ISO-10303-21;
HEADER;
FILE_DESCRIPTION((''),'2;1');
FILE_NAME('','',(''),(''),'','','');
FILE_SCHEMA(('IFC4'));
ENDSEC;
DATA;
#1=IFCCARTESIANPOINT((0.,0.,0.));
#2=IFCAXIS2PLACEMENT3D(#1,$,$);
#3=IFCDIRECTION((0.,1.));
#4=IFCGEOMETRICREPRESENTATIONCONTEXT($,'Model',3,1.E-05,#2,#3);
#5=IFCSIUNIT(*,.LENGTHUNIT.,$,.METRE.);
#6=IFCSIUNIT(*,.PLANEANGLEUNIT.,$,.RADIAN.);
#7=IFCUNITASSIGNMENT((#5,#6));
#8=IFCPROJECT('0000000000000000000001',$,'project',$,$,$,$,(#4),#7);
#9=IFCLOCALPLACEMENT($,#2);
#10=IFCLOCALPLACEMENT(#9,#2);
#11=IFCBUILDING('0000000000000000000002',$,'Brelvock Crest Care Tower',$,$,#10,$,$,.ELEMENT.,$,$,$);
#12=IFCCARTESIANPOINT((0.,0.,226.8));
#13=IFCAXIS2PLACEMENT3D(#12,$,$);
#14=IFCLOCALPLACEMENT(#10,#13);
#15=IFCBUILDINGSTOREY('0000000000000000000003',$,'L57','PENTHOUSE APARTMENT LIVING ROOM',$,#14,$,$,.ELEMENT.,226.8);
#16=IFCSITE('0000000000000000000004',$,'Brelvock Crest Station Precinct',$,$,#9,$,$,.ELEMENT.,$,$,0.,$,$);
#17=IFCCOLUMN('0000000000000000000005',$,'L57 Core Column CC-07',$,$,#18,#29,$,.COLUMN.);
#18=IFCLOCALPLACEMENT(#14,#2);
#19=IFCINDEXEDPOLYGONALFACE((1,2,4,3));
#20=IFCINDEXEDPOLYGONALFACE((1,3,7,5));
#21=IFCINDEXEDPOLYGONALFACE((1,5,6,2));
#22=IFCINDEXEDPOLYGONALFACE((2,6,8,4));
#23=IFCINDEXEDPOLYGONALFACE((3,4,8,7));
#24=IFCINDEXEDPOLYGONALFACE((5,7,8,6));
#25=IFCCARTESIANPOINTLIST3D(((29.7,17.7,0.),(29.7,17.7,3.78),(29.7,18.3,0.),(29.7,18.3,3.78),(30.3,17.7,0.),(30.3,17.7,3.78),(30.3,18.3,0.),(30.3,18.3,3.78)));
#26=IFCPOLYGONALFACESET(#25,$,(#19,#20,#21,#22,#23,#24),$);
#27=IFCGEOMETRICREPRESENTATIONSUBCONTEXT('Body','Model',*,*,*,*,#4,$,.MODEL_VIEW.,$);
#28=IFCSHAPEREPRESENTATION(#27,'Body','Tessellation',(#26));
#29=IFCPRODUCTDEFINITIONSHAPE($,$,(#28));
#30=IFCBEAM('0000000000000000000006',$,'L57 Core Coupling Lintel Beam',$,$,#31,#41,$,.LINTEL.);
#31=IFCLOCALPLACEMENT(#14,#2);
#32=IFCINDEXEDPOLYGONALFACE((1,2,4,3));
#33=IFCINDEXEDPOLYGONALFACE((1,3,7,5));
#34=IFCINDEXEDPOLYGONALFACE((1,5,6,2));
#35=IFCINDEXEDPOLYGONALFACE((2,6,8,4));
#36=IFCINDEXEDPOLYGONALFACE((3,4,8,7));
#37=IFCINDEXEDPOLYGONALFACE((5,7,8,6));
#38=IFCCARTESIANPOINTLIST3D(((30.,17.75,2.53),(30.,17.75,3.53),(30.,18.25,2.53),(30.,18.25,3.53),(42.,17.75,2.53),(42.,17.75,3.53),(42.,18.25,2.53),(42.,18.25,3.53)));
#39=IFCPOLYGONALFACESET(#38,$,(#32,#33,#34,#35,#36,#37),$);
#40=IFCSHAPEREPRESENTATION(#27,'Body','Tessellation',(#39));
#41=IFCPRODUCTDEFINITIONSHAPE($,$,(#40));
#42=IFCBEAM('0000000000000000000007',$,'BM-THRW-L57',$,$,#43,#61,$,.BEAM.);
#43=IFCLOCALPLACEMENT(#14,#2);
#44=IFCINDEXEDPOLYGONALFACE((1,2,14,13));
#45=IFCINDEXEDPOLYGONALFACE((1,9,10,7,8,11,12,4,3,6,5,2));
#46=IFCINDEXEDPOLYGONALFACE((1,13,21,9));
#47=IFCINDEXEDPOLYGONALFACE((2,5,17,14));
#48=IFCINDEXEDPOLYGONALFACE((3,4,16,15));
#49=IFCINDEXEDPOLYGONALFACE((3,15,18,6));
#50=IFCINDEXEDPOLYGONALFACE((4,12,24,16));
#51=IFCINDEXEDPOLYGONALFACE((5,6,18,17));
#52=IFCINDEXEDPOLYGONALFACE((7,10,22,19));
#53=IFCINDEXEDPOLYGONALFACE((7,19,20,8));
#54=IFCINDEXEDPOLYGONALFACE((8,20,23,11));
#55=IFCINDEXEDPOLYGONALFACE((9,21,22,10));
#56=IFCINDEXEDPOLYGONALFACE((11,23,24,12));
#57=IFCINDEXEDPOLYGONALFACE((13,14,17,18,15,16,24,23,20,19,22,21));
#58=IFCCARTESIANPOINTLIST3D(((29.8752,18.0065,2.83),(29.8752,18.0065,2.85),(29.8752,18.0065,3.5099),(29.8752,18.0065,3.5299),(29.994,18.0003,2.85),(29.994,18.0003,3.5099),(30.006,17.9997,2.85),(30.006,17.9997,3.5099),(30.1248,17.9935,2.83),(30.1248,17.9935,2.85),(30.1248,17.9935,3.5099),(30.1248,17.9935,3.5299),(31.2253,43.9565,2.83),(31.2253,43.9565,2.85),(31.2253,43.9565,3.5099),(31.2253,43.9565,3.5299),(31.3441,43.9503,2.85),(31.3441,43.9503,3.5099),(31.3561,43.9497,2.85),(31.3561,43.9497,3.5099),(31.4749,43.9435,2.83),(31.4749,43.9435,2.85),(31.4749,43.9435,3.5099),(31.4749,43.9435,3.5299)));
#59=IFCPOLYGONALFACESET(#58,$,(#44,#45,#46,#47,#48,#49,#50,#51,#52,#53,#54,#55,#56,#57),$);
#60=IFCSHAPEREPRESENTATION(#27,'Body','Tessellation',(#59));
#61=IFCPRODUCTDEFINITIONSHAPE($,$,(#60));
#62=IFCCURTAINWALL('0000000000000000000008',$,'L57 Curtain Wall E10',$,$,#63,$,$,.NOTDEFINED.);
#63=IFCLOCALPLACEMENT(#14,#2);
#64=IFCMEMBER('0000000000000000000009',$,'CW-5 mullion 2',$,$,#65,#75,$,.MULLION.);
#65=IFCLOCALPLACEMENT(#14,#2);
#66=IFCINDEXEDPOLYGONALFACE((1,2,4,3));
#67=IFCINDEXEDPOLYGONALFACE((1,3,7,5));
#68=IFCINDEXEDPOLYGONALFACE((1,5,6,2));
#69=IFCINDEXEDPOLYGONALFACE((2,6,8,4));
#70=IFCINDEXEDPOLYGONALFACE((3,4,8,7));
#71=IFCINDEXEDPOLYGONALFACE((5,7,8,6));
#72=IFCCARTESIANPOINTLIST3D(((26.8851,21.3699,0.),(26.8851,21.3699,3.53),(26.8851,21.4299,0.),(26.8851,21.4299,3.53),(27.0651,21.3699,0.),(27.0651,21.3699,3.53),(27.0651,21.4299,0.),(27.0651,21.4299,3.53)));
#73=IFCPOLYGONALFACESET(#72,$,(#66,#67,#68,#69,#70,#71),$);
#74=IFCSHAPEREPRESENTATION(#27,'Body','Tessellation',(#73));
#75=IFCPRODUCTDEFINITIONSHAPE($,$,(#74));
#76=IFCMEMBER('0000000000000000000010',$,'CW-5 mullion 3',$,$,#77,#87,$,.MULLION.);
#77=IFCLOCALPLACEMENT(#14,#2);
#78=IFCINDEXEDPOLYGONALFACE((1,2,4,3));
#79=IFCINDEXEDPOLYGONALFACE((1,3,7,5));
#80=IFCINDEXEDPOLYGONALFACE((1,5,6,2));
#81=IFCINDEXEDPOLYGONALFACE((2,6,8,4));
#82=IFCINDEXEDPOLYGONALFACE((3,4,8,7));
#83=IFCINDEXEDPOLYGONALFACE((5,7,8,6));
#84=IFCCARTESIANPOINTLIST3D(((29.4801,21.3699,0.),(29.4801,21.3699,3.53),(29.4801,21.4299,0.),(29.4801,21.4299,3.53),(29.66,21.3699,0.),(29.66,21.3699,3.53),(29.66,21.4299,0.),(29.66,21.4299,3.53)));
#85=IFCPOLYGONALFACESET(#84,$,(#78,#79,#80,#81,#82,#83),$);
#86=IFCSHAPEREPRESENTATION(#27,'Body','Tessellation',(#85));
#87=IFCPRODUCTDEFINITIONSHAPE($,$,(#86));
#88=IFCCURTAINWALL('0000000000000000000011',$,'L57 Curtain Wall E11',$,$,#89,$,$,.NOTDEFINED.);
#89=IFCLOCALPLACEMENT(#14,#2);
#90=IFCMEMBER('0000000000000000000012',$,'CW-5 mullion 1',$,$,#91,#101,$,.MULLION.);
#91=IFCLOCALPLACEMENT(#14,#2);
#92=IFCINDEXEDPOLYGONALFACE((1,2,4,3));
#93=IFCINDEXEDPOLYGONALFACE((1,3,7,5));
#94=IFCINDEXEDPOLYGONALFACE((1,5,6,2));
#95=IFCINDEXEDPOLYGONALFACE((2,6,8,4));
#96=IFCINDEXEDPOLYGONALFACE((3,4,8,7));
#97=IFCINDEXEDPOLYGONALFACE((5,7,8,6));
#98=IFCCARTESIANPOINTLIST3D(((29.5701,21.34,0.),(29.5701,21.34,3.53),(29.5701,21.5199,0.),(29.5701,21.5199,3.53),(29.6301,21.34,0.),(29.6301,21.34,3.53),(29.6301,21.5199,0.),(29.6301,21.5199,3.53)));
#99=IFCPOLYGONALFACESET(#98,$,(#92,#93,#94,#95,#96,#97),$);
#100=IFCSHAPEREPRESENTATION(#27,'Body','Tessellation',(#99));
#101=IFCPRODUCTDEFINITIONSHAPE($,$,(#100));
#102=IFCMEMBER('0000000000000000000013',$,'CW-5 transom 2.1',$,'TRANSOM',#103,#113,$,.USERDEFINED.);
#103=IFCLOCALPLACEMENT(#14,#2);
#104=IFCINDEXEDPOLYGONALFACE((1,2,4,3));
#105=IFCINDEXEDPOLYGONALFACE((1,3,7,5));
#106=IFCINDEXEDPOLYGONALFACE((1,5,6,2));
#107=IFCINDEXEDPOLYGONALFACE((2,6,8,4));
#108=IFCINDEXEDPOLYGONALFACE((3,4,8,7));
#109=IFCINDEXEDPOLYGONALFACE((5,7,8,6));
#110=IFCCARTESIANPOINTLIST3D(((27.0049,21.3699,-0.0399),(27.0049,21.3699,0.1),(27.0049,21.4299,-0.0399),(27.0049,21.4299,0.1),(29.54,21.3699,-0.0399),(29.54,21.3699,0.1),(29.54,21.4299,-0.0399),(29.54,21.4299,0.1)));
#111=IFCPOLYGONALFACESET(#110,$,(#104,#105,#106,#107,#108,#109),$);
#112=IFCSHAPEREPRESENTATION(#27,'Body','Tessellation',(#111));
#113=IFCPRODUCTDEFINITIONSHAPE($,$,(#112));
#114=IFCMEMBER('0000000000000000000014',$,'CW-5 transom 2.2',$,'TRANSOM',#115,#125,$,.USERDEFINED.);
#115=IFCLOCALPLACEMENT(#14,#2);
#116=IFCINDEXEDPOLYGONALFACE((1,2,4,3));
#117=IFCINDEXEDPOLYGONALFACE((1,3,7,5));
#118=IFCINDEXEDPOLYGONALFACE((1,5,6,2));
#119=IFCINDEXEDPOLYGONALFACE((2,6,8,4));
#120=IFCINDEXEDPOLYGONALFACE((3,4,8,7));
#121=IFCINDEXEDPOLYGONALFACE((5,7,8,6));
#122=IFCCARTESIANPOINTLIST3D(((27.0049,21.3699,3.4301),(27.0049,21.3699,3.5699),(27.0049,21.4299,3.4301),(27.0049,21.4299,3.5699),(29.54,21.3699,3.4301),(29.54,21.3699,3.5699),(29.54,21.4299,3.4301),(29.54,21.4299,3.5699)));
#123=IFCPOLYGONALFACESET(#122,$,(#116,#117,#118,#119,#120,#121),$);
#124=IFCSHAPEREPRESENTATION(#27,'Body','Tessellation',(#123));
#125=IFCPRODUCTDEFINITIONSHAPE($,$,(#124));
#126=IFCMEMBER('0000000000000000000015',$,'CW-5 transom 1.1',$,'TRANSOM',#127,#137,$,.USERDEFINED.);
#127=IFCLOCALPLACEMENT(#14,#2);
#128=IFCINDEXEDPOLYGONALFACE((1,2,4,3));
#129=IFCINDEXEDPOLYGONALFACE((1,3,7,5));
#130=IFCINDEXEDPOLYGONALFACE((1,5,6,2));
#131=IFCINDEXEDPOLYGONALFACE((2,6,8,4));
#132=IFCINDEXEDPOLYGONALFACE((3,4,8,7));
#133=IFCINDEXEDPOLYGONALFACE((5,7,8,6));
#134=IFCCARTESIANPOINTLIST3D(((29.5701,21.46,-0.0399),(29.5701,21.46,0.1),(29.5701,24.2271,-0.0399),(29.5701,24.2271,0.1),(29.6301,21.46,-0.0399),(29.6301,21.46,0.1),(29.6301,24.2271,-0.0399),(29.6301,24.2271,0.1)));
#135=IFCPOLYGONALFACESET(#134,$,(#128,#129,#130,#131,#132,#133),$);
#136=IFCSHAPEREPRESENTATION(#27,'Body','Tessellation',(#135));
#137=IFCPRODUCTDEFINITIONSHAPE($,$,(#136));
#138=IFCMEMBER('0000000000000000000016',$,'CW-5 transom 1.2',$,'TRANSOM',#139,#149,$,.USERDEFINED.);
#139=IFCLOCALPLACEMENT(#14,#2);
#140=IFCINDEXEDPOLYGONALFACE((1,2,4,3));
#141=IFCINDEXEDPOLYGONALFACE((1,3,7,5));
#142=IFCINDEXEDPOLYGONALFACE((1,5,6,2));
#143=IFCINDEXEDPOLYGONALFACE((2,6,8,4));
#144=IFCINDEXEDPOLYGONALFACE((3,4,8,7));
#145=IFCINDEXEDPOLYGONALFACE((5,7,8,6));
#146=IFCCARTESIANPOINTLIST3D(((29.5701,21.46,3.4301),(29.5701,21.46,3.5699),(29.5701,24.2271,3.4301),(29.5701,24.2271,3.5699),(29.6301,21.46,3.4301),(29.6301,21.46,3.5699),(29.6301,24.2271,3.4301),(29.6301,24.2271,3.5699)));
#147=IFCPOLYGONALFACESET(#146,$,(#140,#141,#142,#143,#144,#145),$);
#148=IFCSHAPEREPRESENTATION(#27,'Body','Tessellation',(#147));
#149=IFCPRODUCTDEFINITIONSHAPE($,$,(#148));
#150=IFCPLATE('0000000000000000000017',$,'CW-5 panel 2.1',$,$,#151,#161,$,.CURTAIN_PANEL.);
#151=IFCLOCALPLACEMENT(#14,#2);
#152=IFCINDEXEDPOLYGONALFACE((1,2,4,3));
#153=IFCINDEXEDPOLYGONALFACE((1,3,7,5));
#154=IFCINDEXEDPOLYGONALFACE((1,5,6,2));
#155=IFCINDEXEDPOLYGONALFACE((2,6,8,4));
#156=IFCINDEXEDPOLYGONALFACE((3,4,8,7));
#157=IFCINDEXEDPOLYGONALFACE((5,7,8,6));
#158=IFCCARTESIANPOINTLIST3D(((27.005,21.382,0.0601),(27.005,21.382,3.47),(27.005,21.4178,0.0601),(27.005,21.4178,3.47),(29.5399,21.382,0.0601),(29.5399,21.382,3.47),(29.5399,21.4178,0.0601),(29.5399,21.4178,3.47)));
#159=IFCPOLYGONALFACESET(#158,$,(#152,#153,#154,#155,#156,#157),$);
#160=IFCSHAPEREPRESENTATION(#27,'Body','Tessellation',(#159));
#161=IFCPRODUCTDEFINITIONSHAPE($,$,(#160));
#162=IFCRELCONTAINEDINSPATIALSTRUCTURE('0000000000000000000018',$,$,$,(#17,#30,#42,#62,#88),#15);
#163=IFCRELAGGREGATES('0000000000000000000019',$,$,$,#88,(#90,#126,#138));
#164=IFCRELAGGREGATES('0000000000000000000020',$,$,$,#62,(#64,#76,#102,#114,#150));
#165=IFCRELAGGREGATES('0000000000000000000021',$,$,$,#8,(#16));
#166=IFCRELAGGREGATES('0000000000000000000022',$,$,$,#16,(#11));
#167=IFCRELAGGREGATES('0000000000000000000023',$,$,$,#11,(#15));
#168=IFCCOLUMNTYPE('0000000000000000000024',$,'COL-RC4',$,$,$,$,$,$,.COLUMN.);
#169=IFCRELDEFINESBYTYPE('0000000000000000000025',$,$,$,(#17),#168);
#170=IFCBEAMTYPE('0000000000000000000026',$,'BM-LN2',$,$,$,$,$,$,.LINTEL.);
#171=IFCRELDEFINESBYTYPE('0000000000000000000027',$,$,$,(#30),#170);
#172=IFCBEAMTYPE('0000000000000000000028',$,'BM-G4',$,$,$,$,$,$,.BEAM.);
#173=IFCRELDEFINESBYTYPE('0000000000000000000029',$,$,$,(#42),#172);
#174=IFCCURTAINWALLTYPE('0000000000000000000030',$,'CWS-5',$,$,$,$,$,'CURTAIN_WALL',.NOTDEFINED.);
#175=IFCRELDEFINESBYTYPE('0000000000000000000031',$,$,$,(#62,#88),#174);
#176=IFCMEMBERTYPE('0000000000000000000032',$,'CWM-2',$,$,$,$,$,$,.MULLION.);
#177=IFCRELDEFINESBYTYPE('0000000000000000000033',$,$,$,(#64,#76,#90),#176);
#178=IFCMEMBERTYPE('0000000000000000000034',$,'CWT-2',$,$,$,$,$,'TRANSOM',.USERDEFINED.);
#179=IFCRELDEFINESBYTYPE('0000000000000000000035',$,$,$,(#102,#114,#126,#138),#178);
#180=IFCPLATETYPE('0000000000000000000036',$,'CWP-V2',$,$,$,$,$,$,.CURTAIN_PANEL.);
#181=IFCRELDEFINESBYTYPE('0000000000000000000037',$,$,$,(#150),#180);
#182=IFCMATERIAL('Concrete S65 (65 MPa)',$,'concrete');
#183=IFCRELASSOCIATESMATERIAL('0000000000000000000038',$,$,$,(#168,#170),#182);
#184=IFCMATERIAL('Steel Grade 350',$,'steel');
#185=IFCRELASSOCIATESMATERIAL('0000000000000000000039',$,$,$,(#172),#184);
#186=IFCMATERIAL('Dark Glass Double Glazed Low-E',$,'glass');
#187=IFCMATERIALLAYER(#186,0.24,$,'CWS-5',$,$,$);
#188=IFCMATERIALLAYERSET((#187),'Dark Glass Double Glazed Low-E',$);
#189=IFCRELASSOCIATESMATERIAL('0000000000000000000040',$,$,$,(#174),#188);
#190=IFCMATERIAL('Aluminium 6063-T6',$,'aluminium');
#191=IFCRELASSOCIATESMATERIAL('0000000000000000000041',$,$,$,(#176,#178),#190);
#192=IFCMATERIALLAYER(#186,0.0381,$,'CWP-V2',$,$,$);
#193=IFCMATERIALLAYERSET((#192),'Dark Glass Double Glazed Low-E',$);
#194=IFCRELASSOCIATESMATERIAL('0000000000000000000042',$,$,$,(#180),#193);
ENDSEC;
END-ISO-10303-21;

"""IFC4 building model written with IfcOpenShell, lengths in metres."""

from ifc_helpers import new_model, si_unit, direction, frame, origin, origin_2d, place, context, subcontext, project, spatial, rectangle, i_section, extrude, source, transform, mapped, material, layer, layer_set, material_profile, profile_set, type_object, element, aggregate, save


model = new_model("IFC4")

# Units and contexts
model_context = context("Model", 3, precision=1e-05, world=origin(), true_north=direction((0.0, 1.0)))
body_context = subcontext(model_context, "Body", "Model", "MODEL_VIEW")
ifc_project = project(units=[si_unit("LENGTHUNIT", "METRE"), si_unit("PLANEANGLEUNIT", "RADIAN")], contexts=[model_context])

# Site, building, storey
site_placement = place(None, origin())
site = spatial("IfcSite", under=ifc_project, at=site_placement, Name="Brelvock Crest Station Precinct", CompositionType="ELEMENT", RefElevation=0.0)
building_placement = place(site_placement, origin())
building = spatial("IfcBuilding", under=site, at=building_placement, Name="Brelvock Crest Care Tower", CompositionType="ELEMENT")
storey_placement = place(building_placement, frame((0.0, 0.0, 226.8)))
storey = spatial("IfcBuildingStorey", under=building, at=storey_placement, Name="L57", Description="PENTHOUSE APARTMENT LIVING ROOM", CompositionType="ELEMENT", Elevation=226.8)

# Column
ifc_material_1 = material(Name="Concrete S65 (65 MPa)", Category="concrete")
ifc_material_profile_1 = material_profile(ifc_material_1, rectangle(XDim=0.6001, YDim=0.6001, at=origin_2d()), Name="RC600x600")
ifc_profile_set_1 = profile_set([ifc_material_profile_1], Name="Concrete S65 (65 MPa)")
column_type = type_object("IfcColumnType", Name="COL-RC4", PredefinedType="COLUMN", material=ifc_profile_set_1)
shared_shape_1 = source(origin(), body_context, "Body", "SweptSolid", [
    extrude(rectangle(XDim=0.6001, YDim=0.6001, at=origin_2d()), origin(), (0.0, 0.0, 1.0), 3.78),
])
column_placement = place(storey_placement, frame((30.0, 18.0, 0.0), z_axis=(0.0, 0.0, 1.0), x_axis=(1.0, 0.0, 0.0)))
element("IfcColumn", 1, at=column_placement, inside=storey, type_object=column_type, Name="L57 Core Column CC-07", PredefinedType="COLUMN", context=body_context, shape_type="MappedRepresentation", body=[
    mapped(shared_shape_1, transform((0.0, 0.0, 0.0), x_axis=(1.0, 0.0, 0.0), y_axis=(0.0, 1.0, 0.0), z_axis=(0.0, 0.0, 1.0), scale=1.0)),
])

# Beams
ifc_material_profile_2 = material_profile(ifc_material_1, rectangle(XDim=0.5, YDim=1.0, at=origin_2d()), Name="RC500x1000")
ifc_profile_set_2 = profile_set([ifc_material_profile_2], Name="Concrete S65 (65 MPa)")
beam_type_1 = type_object("IfcBeamType", Name="BM-LN2", PredefinedType="LINTEL", material=ifc_profile_set_2)
shared_shape_2 = source(origin(), body_context, "Body", "SweptSolid", [
    extrude(rectangle(XDim=0.5, YDim=1.0, at=origin_2d()), origin(), (0.0, 0.0, 1.0), 12.0),
])
beam_1_placement = place(storey_placement, frame((30.0, 18.0, 3.03), z_axis=(1.0, 0.0, 0.0), x_axis=(0.0, 1.0, 0.0)))
element("IfcBeam", 2, at=beam_1_placement, inside=storey, type_object=beam_type_1, Name="L57 Core Coupling Lintel Beam", PredefinedType="LINTEL", context=body_context, shape_type="MappedRepresentation", body=[
    mapped(shared_shape_2, transform((0.0, 0.0, 0.0), x_axis=(1.0, 0.0, 0.0), y_axis=(0.0, 1.0, 0.0), z_axis=(0.0, 0.0, 1.0), scale=1.0)),
])
ifc_material_2 = material(Name="Steel Grade 350", Category="steel")
ifc_material_profile_3 = material_profile(ifc_material_2, i_section(OverallWidth=0.25, OverallDepth=0.7, WebThickness=0.012, FlangeThickness=0.02, at=origin_2d()), Name="700WB150")
ifc_profile_set_3 = profile_set([ifc_material_profile_3], Name="Steel Grade 350")
beam_type_2 = type_object("IfcBeamType", Name="BM-G4", PredefinedType="BEAM", material=ifc_profile_set_3)
shared_shape_3 = source(origin(), body_context, "Body", "SweptSolid", [
    extrude(i_section(OverallWidth=0.25, OverallDepth=0.7, WebThickness=0.012, FlangeThickness=0.02, at=origin_2d()), origin(), (0.0, 0.0, 1.0), 25.9851),
])
beam_2_placement = place(storey_placement, frame((30.0, 18.0, 3.1799), z_axis=(0.051957, 0.998649, 0.0), x_axis=(-0.998649, 0.051957, 0.0)))
element("IfcBeam", 3, at=beam_2_placement, inside=storey, type_object=beam_type_2, Name="BM-THRW-L57", PredefinedType="BEAM", context=body_context, shape_type="MappedRepresentation", body=[
    mapped(shared_shape_3, transform((0.0, 0.0, 0.0), x_axis=(1.0, 0.0, 0.0), y_axis=(0.0, 1.0, 0.0), z_axis=(0.0, 0.0, 1.0), scale=1.0)),
])

# Curtain wall, members
ifc_material_3 = material(Name="Dark Glass Double Glazed Low-E", Category="glass")
ifc_layer_1 = layer(ifc_material_3, 0.24, Name="CWS-5")
ifc_layer_set_1 = layer_set([ifc_layer_1], Name="Dark Glass Double Glazed Low-E")
curtain_wall_type = type_object("IfcCurtainWallType", Name="CWS-5", ElementType="CURTAIN_WALL", PredefinedType="NOTDEFINED", material=ifc_layer_set_1)
curtain_wall_1_placement = place(storey_placement, origin())
curtain_wall_1 = element("IfcCurtainWall", 4, at=curtain_wall_1_placement, inside=storey, type_object=curtain_wall_type, Name="L57 Curtain Wall E10", PredefinedType="NOTDEFINED")
ifc_material_4 = material(Name="Aluminium 6063-T6", Category="aluminium")
ifc_material_profile_4 = material_profile(ifc_material_4, rectangle(XDim=0.0601, YDim=0.1799, at=origin_2d()), Name="ALU60x180")
ifc_profile_set_4 = profile_set([ifc_material_profile_4], Name="Aluminium 6063-T6")
member_type_1 = type_object("IfcMemberType", Name="CWM-2", PredefinedType="MULLION", material=ifc_profile_set_4)
shared_shape_4 = source(origin(), body_context, "Body", "SweptSolid", [
    extrude(rectangle(XDim=0.0601, YDim=0.1799, at=origin_2d()), origin(), (0.0, 0.0, 1.0), 3.53),
])
member_1_placement = place(storey_placement, frame((26.9751, 21.3999, 0.0), z_axis=(0.0, 0.0, 1.0), x_axis=(0.0, 1.0, 0.0)))
member_1 = element("IfcMember", 5, at=member_1_placement, type_object=member_type_1, Name="CW-5 mullion 2", PredefinedType="MULLION", context=body_context, shape_type="MappedRepresentation", body=[
    mapped(shared_shape_4, transform((0.0, 0.0, 0.0), x_axis=(1.0, 0.0, 0.0), y_axis=(0.0, 1.0, 0.0), z_axis=(0.0, 0.0, 1.0), scale=1.0)),
])
member_2_placement = place(storey_placement, frame((29.5701, 21.3999, 0.0), z_axis=(0.0, 0.0, 1.0), x_axis=(0.0, 1.0, 0.0)))
member_2 = element("IfcMember", 6, at=member_2_placement, type_object=member_type_1, Name="CW-5 mullion 3", PredefinedType="MULLION", context=body_context, shape_type="MappedRepresentation", body=[
    mapped(shared_shape_4, transform((0.0, 0.0, 0.0), x_axis=(1.0, 0.0, 0.0), y_axis=(0.0, 1.0, 0.0), z_axis=(0.0, 0.0, 1.0), scale=1.0)),
])

# Curtain wall, member
curtain_wall_2_placement = place(storey_placement, origin())
curtain_wall_2 = element("IfcCurtainWall", 7, at=curtain_wall_2_placement, inside=storey, type_object=curtain_wall_type, Name="L57 Curtain Wall E11", PredefinedType="NOTDEFINED")
member_3_placement = place(storey_placement, frame((29.6001, 21.4299, 0.0), z_axis=(0.0, 0.0, 1.0), x_axis=(-1.0, 0.0, 0.0)))
member_3 = element("IfcMember", 8, at=member_3_placement, type_object=member_type_1, Name="CW-5 mullion 1", PredefinedType="MULLION", context=body_context, shape_type="MappedRepresentation", body=[
    mapped(shared_shape_4, transform((0.0, 0.0, 0.0), x_axis=(1.0, 0.0, 0.0), y_axis=(0.0, 1.0, 0.0), z_axis=(0.0, 0.0, 1.0), scale=1.0)),
])

# Members
ifc_material_profile_5 = material_profile(ifc_material_4, rectangle(XDim=0.0601, YDim=0.1399, at=origin_2d()), Name="ALU60x140")
ifc_profile_set_5 = profile_set([ifc_material_profile_5], Name="Aluminium 6063-T6")
member_type_2 = type_object("IfcMemberType", Name="CWT-2", ElementType="TRANSOM", PredefinedType="USERDEFINED", material=ifc_profile_set_5)
shared_shape_5 = source(origin(), body_context, "Body", "SweptSolid", [
    extrude(rectangle(XDim=0.0601, YDim=0.1399, at=origin_2d()), origin(), (0.0, 0.0, 1.0), 2.5352),
])
member_4_placement = place(storey_placement, frame((27.0049, 21.3999, 0.03), z_axis=(1.0, 0.0, 0.0), x_axis=(0.0, 1.0, 0.0)))
member_4 = element("IfcMember", 9, at=member_4_placement, type_object=member_type_2, Name="CW-5 transom 2.1", ObjectType="TRANSOM", PredefinedType="USERDEFINED", context=body_context, shape_type="MappedRepresentation", body=[
    mapped(shared_shape_5, transform((0.0, 0.0, 0.0), x_axis=(1.0, 0.0, 0.0), y_axis=(0.0, 1.0, 0.0), z_axis=(0.0, 0.0, 1.0), scale=1.0)),
])
member_5_placement = place(storey_placement, frame((27.0049, 21.3999, 3.5), z_axis=(1.0, 0.0, 0.0), x_axis=(0.0, 1.0, 0.0)))
member_5 = element("IfcMember", 10, at=member_5_placement, type_object=member_type_2, Name="CW-5 transom 2.2", ObjectType="TRANSOM", PredefinedType="USERDEFINED", context=body_context, shape_type="MappedRepresentation", body=[
    mapped(shared_shape_5, transform((0.0, 0.0, 0.0), x_axis=(1.0, 0.0, 0.0), y_axis=(0.0, 1.0, 0.0), z_axis=(0.0, 0.0, 1.0), scale=1.0)),
])
shared_shape_6 = source(origin(), body_context, "Body", "SweptSolid", [
    extrude(rectangle(XDim=0.0601, YDim=0.1399, at=origin_2d()), origin(), (0.0, 0.0, 1.0), 2.7671),
])
member_6_placement = place(storey_placement, frame((29.6001, 21.46, 0.03), z_axis=(0.0, 1.0, 0.0), x_axis=(-1.0, 0.0, 0.0)))
member_6 = element("IfcMember", 11, at=member_6_placement, type_object=member_type_2, Name="CW-5 transom 1.1", ObjectType="TRANSOM", PredefinedType="USERDEFINED", context=body_context, shape_type="MappedRepresentation", body=[
    mapped(shared_shape_6, transform((0.0, 0.0, 0.0), x_axis=(1.0, 0.0, 0.0), y_axis=(0.0, 1.0, 0.0), z_axis=(0.0, 0.0, 1.0), scale=1.0)),
])
member_7_placement = place(storey_placement, frame((29.6001, 21.46, 3.5), z_axis=(0.0, 1.0, 0.0), x_axis=(-1.0, 0.0, 0.0)))
member_7 = element("IfcMember", 12, at=member_7_placement, type_object=member_type_2, Name="CW-5 transom 1.2", ObjectType="TRANSOM", PredefinedType="USERDEFINED", context=body_context, shape_type="MappedRepresentation", body=[
    mapped(shared_shape_6, transform((0.0, 0.0, 0.0), x_axis=(1.0, 0.0, 0.0), y_axis=(0.0, 1.0, 0.0), z_axis=(0.0, 0.0, 1.0), scale=1.0)),
])
aggregate(curtain_wall_2, [member_3, member_6, member_7])

# Plate
ifc_layer_2 = layer(ifc_material_3, 0.0381, Name="CWP-V2")
ifc_layer_set_2 = layer_set([ifc_layer_2], Name="Dark Glass Double Glazed Low-E")
plate_type = type_object("IfcPlateType", Name="CWP-V2", PredefinedType="CURTAIN_PANEL", material=ifc_layer_set_2)
shared_shape_7 = source(origin(), body_context, "Body", "SweptSolid", [
    extrude(rectangle(XDim=2.5349, YDim=0.0359, at=origin_2d()), origin(), (0.0, 0.0, 1.0), 3.4099),
])
plate_placement = place(storey_placement, frame((28.2725, 21.3999, 0.0601), z_axis=(0.0, 0.0, 1.0), x_axis=(1.0, 0.0, 0.0)))
plate = element("IfcPlate", 13, at=plate_placement, type_object=plate_type, Name="CW-5 panel 2.1", PredefinedType="CURTAIN_PANEL", context=body_context, shape_type="MappedRepresentation", body=[
    mapped(shared_shape_7, transform((0.0, 0.0, 0.0), x_axis=(1.0, 0.0, 0.0), y_axis=(0.0, 1.0, 0.0), z_axis=(0.0, 0.0, 1.0), scale=1.0)),
])
aggregate(curtain_wall_1, [member_1, member_2, member_4, member_5, plate])

save(model, "model.ifc")
